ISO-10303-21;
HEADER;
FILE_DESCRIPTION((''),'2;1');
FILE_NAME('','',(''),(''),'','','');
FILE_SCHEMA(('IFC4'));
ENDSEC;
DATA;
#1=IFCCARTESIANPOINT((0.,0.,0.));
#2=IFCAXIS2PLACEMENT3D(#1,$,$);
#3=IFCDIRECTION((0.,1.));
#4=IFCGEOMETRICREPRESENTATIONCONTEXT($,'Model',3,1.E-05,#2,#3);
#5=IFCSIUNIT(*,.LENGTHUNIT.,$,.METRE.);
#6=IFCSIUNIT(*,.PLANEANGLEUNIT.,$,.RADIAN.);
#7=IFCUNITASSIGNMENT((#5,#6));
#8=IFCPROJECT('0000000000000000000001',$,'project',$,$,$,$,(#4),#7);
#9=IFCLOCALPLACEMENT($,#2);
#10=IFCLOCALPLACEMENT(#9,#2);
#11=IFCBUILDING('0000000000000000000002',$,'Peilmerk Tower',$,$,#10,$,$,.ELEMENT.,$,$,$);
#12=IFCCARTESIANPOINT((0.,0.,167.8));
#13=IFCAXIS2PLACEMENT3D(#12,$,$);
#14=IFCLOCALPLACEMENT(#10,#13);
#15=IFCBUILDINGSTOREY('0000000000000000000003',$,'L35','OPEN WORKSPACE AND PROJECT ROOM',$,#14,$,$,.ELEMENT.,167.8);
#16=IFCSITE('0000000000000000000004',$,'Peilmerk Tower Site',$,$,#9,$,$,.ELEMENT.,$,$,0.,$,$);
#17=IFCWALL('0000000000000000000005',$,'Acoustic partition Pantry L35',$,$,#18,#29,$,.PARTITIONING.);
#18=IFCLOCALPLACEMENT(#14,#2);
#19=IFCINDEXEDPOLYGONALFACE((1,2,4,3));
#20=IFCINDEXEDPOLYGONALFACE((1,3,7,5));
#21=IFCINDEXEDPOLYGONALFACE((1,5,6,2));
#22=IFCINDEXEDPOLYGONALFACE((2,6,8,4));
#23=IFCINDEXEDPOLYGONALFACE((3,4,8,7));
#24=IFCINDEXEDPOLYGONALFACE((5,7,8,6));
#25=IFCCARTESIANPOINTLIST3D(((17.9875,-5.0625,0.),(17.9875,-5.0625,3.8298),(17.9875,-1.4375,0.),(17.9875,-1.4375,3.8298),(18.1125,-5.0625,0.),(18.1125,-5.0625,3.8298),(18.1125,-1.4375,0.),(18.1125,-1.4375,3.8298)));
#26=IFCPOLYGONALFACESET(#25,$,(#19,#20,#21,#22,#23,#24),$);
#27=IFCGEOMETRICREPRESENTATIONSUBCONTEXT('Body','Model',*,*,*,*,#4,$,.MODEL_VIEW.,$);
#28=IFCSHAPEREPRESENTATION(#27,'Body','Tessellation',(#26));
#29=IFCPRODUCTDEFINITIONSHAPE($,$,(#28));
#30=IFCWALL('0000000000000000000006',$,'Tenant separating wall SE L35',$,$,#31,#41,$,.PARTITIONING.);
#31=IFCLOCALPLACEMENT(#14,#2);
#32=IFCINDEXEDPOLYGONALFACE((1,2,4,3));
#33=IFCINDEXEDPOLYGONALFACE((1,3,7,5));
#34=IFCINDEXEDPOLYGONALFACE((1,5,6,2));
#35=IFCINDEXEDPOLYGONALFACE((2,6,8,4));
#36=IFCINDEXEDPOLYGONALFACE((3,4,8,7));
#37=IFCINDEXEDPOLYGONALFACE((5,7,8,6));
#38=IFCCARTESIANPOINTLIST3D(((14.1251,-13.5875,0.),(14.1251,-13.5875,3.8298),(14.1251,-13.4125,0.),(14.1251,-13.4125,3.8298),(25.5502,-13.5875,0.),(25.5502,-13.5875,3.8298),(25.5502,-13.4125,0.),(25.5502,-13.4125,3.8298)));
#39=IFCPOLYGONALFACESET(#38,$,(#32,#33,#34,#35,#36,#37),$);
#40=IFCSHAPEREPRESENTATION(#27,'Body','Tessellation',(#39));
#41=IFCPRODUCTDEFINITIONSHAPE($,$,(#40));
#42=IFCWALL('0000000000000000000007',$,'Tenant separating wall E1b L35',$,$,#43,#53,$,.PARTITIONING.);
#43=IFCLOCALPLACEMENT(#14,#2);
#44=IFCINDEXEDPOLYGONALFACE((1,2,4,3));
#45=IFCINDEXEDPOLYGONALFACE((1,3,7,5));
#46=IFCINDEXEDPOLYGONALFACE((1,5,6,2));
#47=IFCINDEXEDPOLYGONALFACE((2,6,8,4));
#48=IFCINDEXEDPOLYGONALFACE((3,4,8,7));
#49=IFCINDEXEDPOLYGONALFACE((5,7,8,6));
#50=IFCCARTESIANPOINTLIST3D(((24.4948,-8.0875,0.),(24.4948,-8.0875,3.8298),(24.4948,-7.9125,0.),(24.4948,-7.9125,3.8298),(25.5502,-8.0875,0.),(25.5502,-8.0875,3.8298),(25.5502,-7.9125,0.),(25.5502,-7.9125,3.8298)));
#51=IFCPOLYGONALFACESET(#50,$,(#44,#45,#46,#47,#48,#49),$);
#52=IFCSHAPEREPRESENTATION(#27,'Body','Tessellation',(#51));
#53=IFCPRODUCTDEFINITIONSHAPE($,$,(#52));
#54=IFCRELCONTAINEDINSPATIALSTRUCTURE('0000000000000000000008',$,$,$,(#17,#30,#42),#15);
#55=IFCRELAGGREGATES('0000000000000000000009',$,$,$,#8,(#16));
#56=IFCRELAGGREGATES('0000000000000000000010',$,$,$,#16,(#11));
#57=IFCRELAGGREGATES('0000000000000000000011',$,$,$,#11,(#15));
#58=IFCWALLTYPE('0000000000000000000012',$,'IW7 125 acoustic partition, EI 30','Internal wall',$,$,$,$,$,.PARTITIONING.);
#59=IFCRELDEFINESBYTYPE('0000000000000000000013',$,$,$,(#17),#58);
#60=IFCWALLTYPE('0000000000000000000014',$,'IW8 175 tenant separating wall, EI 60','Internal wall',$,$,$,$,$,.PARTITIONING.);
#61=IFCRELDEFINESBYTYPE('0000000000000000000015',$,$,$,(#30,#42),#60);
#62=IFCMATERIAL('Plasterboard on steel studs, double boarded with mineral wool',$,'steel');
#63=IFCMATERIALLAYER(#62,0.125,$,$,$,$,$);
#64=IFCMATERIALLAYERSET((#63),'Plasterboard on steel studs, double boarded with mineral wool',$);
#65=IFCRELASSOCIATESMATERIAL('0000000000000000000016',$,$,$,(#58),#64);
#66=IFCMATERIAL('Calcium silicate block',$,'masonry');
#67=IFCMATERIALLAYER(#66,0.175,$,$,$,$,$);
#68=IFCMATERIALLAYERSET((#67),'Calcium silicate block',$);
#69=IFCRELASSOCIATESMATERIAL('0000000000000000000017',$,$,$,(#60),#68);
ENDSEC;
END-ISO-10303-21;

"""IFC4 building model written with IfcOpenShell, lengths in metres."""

from ifc_helpers import new_model, si_unit, direction, frame, frame_2d, origin, place, context, subcontext, project, spatial, rectangle, extrude, material, layer, layer_set, type_object, element, save


model = new_model("IFC4")

# Units and contexts
model_context = context("Model", 3, precision=1e-05, world=origin(), true_north=direction((0.0, 1.0)))
body_context = subcontext(model_context, "Body", "Model", "MODEL_VIEW")
ifc_project = project(units=[si_unit("LENGTHUNIT", "METRE"), si_unit("PLANEANGLEUNIT", "RADIAN")], contexts=[model_context])

# Site, building, storey
site_placement = place(None, origin())
site = spatial("IfcSite", under=ifc_project, at=site_placement, Name="Peilmerk Tower Site", CompositionType="ELEMENT", RefElevation=0.0)
building_placement = place(site_placement, origin())
building = spatial("IfcBuilding", under=site, at=building_placement, Name="Peilmerk Tower", CompositionType="ELEMENT")
storey_placement = place(building_placement, frame((0.0, 0.0, 167.8)))
storey = spatial("IfcBuildingStorey", under=building, at=storey_placement, Name="L35", Description="OPEN WORKSPACE AND PROJECT ROOM", CompositionType="ELEMENT", Elevation=167.8)

# Walls
ifc_material_1 = material(Name="Plasterboard on steel studs, double boarded with mineral wool", Category="steel")
ifc_layer_1 = layer(ifc_material_1, 0.125)
ifc_layer_set_1 = layer_set([ifc_layer_1], Name="Plasterboard on steel studs, double boarded with mineral wool")
wall_type_1 = type_object("IfcWallType", Name="IW7 125 acoustic partition, EI 30", Description="Internal wall", PredefinedType="PARTITIONING", material=ifc_layer_set_1)
wall_1_placement = place(storey_placement, frame((18.05, -5.0625, 0.0), z_axis=(0.0, 0.0, 1.0), x_axis=(0.0, 1.0, 0.0)))
element("IfcWall", 1, at=wall_1_placement, inside=storey, type_object=wall_type_1, Name="Acoustic partition Pantry L35", PredefinedType="PARTITIONING", context=body_context, shape_type="SweptSolid", body=[
    extrude(rectangle(XDim=3.625, YDim=0.125, at=frame_2d((1.8125, 0.0))), origin(), (0.0, 0.0, 1.0), 3.8298),
])
ifc_material_2 = material(Name="Calcium silicate block", Category="masonry")
ifc_layer_2 = layer(ifc_material_2, 0.175)
ifc_layer_set_2 = layer_set([ifc_layer_2], Name="Calcium silicate block")
wall_type_2 = type_object("IfcWallType", Name="IW8 175 tenant separating wall, EI 60", Description="Internal wall", PredefinedType="PARTITIONING", material=ifc_layer_set_2)
wall_2_placement = place(storey_placement, frame((25.55, -13.5, 0.0), z_axis=(0.0, 0.0, 1.0), x_axis=(-1.0, 0.0, 0.0)))
element("IfcWall", 2, at=wall_2_placement, inside=storey, type_object=wall_type_2, Name="Tenant separating wall SE L35", PredefinedType="PARTITIONING", context=body_context, shape_type="SweptSolid", body=[
    extrude(rectangle(XDim=11.425, YDim=0.175, at=frame_2d((5.7124, 0.0))), origin(), (0.0, 0.0, 1.0), 3.8298),
])
wall_3_placement = place(storey_placement, frame((24.4946, -8.0, 0.0), z_axis=(0.0, 0.0, 1.0), x_axis=(1.0, 0.0, 0.0)))
element("IfcWall", 3, at=wall_3_placement, inside=storey, type_object=wall_type_2, Name="Tenant separating wall E1b L35", PredefinedType="PARTITIONING", context=body_context, shape_type="SweptSolid", body=[
    extrude(rectangle(XDim=1.0554, YDim=0.175, at=frame_2d((0.5278, 0.0))), origin(), (0.0, 0.0, 1.0), 3.8298),
])

save(model, "model.ifc")
